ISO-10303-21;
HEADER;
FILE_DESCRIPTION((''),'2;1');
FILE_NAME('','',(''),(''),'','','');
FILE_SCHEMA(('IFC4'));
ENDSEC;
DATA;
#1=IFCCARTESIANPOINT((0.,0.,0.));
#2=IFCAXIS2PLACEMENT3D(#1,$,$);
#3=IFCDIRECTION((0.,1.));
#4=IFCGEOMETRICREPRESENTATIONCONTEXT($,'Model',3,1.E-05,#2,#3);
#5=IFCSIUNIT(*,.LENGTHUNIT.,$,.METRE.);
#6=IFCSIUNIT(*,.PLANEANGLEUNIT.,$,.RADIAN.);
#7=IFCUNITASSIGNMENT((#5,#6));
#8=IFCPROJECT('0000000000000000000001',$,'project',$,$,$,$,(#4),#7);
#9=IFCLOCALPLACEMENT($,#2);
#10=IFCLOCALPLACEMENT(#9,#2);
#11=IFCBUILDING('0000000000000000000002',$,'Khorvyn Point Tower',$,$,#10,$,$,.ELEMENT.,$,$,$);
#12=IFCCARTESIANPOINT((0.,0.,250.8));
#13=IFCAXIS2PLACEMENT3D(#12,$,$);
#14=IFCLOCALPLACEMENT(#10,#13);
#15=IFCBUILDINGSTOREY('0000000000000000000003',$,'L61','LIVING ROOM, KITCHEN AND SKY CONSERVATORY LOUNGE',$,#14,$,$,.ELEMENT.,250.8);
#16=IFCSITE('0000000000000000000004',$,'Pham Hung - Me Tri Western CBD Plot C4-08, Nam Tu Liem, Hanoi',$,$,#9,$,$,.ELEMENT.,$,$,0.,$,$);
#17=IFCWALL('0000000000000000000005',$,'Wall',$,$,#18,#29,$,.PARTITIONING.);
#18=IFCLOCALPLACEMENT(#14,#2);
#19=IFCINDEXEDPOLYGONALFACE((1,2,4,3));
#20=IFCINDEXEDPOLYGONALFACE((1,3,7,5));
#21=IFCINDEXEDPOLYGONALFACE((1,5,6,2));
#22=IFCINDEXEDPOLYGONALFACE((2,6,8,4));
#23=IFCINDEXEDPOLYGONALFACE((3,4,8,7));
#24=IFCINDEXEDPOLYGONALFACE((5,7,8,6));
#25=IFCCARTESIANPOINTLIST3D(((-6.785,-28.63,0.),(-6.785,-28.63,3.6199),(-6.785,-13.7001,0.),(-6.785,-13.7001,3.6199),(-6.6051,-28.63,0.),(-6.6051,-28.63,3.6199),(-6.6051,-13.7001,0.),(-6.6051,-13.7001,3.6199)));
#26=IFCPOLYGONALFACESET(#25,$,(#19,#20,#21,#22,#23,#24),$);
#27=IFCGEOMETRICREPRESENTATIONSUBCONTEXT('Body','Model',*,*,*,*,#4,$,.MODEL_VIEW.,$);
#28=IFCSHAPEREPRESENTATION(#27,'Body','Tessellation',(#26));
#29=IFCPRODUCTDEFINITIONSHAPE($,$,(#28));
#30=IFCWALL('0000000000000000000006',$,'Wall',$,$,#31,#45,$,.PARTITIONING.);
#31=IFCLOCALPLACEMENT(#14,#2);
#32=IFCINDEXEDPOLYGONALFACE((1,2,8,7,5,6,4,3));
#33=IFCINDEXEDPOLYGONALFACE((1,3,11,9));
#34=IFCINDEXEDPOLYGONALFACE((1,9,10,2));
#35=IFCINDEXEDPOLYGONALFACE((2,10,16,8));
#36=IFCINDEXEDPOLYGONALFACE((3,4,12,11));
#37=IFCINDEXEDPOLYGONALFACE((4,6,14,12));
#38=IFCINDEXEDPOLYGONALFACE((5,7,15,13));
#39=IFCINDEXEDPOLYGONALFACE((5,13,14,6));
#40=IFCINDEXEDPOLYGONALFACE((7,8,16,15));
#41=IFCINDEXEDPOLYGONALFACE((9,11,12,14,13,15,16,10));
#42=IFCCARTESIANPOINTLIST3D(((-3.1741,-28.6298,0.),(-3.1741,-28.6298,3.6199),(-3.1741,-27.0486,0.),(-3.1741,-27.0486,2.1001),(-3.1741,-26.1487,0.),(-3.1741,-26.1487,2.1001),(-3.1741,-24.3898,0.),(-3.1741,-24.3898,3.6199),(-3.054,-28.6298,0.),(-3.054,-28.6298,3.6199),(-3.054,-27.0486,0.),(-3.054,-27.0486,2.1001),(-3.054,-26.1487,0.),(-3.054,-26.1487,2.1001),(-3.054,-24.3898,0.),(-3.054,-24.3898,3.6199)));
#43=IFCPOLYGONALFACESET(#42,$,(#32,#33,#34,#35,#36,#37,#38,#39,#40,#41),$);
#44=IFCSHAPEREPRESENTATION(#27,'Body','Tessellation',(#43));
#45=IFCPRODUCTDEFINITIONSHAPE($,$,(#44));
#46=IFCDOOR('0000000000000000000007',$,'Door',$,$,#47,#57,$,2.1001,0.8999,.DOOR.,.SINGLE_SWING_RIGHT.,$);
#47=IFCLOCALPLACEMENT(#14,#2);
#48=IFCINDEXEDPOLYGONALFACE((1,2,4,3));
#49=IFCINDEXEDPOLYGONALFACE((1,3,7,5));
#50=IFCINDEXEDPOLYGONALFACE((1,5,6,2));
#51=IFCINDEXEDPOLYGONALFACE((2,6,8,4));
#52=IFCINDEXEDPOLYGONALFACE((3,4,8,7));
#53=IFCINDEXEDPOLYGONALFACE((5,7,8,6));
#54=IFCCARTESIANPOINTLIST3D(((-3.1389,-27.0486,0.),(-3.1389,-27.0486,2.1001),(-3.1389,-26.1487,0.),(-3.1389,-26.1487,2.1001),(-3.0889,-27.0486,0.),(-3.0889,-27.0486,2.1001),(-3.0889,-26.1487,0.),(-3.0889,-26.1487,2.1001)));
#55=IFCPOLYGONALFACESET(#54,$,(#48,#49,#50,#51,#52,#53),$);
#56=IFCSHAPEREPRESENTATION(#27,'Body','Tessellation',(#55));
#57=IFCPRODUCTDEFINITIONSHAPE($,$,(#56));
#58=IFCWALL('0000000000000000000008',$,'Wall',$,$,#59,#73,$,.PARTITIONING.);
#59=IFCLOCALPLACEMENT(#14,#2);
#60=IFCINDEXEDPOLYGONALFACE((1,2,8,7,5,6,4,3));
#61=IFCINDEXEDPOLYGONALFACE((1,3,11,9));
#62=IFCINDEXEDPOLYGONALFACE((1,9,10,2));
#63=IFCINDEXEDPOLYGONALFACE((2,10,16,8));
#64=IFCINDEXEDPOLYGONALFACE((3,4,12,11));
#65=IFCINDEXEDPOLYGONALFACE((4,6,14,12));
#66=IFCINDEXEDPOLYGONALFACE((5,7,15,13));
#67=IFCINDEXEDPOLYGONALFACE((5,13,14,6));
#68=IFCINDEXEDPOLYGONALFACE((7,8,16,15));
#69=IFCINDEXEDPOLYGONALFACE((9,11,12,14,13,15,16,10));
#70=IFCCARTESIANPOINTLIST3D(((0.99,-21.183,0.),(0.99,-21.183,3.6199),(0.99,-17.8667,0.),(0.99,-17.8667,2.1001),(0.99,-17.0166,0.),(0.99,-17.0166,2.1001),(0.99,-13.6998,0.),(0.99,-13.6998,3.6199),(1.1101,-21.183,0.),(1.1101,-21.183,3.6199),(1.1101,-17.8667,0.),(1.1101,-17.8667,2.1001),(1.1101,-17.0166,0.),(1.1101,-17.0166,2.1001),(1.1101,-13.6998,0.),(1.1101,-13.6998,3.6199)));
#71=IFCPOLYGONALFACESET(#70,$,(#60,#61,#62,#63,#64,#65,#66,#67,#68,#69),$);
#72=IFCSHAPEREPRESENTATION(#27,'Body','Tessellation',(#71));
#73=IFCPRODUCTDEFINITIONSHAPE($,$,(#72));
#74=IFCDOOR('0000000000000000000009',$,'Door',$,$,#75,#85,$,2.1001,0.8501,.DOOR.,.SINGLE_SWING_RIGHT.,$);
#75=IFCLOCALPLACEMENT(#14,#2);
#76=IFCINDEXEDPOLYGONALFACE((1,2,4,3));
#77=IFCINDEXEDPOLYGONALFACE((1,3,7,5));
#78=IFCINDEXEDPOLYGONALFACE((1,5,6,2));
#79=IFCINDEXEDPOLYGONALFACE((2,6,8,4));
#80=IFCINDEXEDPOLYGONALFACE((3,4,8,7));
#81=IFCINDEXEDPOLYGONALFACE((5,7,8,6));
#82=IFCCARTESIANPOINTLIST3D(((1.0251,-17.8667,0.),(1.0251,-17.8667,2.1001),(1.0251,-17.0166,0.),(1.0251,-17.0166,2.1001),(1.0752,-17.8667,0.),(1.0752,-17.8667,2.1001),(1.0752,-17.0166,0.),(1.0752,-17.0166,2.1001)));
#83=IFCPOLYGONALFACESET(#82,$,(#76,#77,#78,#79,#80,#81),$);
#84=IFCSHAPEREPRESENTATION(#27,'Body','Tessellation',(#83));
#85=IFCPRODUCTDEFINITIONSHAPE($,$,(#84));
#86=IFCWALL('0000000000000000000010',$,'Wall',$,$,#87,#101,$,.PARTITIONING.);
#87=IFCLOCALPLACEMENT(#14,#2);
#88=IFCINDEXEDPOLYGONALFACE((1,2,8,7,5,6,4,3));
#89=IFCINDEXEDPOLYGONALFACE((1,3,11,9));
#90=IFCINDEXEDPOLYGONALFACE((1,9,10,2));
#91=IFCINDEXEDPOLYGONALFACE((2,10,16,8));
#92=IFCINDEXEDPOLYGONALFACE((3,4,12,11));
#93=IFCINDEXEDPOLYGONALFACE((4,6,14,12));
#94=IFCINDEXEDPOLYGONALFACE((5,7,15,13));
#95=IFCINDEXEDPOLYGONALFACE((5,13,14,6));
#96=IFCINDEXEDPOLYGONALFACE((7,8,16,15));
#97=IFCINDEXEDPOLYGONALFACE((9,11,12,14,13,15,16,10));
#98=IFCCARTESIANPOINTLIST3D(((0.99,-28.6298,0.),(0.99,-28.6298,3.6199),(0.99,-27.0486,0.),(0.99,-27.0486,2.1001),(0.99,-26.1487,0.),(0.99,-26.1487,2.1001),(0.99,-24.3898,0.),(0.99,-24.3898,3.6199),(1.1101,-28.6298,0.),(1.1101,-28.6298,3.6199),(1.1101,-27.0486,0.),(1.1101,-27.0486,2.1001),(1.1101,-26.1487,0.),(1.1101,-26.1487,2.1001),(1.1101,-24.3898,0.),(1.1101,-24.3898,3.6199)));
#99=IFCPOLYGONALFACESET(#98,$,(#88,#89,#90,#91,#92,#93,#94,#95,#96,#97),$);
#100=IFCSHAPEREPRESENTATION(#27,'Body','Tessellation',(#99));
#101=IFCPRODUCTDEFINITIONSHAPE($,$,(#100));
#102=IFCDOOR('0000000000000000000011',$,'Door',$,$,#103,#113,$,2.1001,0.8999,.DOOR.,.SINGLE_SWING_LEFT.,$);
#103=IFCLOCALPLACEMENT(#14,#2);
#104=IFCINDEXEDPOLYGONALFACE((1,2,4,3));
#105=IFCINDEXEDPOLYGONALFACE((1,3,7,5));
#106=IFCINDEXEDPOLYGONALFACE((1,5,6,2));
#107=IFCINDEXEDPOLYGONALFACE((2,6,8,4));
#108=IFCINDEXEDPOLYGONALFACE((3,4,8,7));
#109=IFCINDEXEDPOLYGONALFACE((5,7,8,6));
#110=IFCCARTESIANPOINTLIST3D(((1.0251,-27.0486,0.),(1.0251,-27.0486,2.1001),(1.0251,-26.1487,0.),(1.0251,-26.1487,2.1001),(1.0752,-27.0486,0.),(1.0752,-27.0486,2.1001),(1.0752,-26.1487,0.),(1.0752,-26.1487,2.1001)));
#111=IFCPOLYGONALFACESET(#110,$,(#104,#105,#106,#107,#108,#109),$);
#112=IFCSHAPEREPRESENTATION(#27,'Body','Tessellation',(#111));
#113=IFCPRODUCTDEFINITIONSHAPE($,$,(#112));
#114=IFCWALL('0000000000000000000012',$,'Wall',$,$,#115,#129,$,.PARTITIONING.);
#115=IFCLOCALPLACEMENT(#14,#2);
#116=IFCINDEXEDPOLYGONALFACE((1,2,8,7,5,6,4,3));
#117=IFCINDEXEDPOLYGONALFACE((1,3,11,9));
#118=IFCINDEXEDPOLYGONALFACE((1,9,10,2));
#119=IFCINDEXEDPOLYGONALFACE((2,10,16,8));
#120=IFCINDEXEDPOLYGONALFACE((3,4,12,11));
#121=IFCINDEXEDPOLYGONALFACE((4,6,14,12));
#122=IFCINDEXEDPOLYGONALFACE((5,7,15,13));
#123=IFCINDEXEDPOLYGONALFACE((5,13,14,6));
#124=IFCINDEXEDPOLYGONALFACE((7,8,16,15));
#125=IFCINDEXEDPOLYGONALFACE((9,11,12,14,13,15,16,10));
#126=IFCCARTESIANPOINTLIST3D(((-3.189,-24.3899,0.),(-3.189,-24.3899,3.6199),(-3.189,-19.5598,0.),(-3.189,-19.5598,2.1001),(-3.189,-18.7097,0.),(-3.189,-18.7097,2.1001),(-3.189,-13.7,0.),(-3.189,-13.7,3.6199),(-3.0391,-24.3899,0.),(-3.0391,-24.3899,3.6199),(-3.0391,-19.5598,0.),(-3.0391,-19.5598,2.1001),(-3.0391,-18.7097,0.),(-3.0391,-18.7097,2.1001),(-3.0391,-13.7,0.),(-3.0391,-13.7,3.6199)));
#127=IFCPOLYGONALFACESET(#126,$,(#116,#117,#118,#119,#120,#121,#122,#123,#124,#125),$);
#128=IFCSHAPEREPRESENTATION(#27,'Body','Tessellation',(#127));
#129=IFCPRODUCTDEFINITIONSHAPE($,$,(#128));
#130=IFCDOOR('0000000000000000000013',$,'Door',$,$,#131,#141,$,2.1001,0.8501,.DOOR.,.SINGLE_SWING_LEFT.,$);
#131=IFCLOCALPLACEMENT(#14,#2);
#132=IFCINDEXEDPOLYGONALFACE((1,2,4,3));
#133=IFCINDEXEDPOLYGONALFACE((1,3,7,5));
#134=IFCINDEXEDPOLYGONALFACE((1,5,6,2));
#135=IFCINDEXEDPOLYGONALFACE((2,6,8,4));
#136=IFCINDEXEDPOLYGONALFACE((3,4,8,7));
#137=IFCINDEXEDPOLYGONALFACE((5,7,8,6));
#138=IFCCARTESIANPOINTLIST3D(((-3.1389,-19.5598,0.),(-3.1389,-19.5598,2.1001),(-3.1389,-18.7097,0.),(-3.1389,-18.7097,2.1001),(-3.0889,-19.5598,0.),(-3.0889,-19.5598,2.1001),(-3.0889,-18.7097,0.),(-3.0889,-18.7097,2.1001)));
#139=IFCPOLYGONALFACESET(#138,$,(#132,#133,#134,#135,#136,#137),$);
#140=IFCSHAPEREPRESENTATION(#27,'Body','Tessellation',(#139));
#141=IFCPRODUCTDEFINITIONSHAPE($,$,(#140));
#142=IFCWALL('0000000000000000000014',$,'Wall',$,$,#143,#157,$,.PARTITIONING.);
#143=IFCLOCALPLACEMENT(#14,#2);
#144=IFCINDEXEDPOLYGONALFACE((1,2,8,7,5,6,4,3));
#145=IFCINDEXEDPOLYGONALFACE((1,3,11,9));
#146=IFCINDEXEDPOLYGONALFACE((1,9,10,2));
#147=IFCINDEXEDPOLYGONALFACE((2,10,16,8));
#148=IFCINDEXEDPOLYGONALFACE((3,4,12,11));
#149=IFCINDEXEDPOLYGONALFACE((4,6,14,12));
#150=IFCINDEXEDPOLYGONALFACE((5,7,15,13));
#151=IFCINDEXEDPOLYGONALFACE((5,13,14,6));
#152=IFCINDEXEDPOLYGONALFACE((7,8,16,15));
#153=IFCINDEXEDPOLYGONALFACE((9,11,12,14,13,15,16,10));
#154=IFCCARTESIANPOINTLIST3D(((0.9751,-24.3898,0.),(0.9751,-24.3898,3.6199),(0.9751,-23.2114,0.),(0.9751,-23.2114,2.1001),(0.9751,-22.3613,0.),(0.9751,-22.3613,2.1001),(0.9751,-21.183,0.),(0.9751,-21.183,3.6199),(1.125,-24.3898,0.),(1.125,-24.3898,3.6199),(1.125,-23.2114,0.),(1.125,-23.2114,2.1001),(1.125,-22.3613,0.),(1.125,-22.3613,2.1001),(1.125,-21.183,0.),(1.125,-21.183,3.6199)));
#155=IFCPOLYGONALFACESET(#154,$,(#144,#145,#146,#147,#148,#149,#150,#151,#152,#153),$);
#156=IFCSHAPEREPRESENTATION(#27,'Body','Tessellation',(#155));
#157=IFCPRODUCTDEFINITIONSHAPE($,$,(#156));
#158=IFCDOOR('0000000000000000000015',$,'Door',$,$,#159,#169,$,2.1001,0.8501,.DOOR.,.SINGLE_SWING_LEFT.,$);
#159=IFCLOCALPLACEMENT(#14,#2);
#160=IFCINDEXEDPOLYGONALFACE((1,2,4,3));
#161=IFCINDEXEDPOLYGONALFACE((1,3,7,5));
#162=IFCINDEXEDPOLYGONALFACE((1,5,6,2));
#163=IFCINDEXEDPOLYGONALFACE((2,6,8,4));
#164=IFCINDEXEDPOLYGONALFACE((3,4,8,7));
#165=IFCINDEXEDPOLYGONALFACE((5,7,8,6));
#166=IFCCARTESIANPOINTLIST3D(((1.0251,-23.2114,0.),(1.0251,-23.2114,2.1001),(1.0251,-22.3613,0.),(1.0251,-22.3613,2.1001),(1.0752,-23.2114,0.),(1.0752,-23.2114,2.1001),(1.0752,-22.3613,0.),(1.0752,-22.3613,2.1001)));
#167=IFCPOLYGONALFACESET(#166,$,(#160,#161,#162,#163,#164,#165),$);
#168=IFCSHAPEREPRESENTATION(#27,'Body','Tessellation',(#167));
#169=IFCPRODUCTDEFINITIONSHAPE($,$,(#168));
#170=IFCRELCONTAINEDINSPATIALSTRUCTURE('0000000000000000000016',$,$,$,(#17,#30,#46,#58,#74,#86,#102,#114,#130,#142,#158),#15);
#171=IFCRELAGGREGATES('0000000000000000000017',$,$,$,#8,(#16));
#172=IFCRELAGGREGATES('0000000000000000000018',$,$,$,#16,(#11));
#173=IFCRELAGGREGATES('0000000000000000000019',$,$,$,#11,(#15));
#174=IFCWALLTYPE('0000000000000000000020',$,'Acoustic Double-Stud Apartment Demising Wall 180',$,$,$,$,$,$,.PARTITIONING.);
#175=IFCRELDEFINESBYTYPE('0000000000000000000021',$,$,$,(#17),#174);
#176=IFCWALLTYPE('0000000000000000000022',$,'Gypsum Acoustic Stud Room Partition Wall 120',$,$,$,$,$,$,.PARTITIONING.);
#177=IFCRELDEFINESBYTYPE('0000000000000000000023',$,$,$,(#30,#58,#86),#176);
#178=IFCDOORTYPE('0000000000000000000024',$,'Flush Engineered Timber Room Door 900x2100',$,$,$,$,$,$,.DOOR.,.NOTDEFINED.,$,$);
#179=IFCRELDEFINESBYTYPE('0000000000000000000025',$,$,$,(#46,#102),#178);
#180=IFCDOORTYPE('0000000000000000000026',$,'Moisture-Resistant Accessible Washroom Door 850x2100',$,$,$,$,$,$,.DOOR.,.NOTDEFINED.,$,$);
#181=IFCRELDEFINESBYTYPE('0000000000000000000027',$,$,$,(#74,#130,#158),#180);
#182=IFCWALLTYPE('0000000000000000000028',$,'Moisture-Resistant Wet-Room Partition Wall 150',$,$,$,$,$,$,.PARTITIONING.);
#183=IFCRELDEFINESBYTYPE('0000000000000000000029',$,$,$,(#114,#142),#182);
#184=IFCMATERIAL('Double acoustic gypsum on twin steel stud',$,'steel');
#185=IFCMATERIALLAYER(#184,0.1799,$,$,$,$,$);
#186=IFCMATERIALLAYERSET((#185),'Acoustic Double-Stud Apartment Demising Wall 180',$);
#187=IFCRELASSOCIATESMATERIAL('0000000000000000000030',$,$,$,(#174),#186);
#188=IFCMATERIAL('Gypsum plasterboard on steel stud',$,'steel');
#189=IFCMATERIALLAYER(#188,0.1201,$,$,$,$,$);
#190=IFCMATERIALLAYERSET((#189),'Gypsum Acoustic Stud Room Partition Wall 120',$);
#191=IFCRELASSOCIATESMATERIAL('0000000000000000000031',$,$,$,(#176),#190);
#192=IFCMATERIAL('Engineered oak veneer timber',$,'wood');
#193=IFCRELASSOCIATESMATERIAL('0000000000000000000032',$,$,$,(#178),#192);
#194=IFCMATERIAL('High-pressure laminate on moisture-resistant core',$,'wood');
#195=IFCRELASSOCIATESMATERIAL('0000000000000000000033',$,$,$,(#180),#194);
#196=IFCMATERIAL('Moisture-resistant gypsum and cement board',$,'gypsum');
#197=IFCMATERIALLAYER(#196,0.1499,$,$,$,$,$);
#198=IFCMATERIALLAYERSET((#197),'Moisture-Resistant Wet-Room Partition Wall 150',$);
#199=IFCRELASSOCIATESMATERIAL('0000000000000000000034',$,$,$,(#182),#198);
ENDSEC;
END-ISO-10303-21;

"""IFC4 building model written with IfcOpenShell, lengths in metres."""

from ifc_helpers import new_model, si_unit, direction, frame, frame_2d, origin, place, context, subcontext, project, spatial, rectangle, extrude, material, layer, layer_set, type_object, element, fill, save


model = new_model("IFC4")

# Units and contexts
model_context = context("Model", 3, precision=1e-05, world=origin(), true_north=direction((0.0, 1.0)))
body_context = subcontext(model_context, "Body", "Model", "MODEL_VIEW")
ifc_project = project(units=[si_unit("LENGTHUNIT", "METRE"), si_unit("PLANEANGLEUNIT", "RADIAN")], contexts=[model_context])

# Site, building, storey
site_placement = place(None, origin())
site = spatial("IfcSite", under=ifc_project, at=site_placement, Name="Pham Hung - Me Tri Western CBD Plot C4-08, Nam Tu Liem, Hanoi", CompositionType="ELEMENT", RefElevation=0.0)
building_placement = place(site_placement, origin())
building = spatial("IfcBuilding", under=site, at=building_placement, Name="Khorvyn Point Tower", CompositionType="ELEMENT")
storey_placement = place(building_placement, frame((0.0, 0.0, 250.8)))
storey = spatial("IfcBuildingStorey", under=building, at=storey_placement, Name="L61", Description="LIVING ROOM, KITCHEN AND SKY CONSERVATORY LOUNGE", CompositionType="ELEMENT", Elevation=250.8)

# Wall
ifc_material_1 = material(Name="Double acoustic gypsum on twin steel stud", Category="steel")
ifc_layer_1 = layer(ifc_material_1, 0.1799)
ifc_layer_set_1 = layer_set([ifc_layer_1], Name="Acoustic Double-Stud Apartment Demising Wall 180")
wall_type_1 = type_object("IfcWallType", Name="Acoustic Double-Stud Apartment Demising Wall 180", PredefinedType="PARTITIONING", material=ifc_layer_set_1)
wall_1_placement = place(storey_placement, frame((-6.6951, -28.6299, 0.0), z_axis=(0.0, 0.0, 1.0), x_axis=(0.0, 1.0, 0.0)))
element("IfcWall", 1, at=wall_1_placement, inside=storey, type_object=wall_type_1, Name="Wall", PredefinedType="PARTITIONING", context=body_context, shape_type="SweptSolid", body=[
    extrude(rectangle(XDim=14.9299, YDim=0.1799, at=frame_2d((7.4648, 0.0))), origin(), (0.0, 0.0, 1.0), 3.6199),
])

# Walls, openings, doors
ifc_material_2 = material(Name="Gypsum plasterboard on steel stud", Category="steel")
ifc_layer_2 = layer(ifc_material_2, 0.1201)
ifc_layer_set_2 = layer_set([ifc_layer_2], Name="Gypsum Acoustic Stud Room Partition Wall 120")
wall_type_2 = type_object("IfcWallType", Name="Gypsum Acoustic Stud Room Partition Wall 120", PredefinedType="PARTITIONING", material=ifc_layer_set_2)
wall_2_placement = place(storey_placement, frame((-3.114, -28.6299, 0.0), z_axis=(0.0, 0.0, 1.0), x_axis=(0.0, 1.0, 0.0)))
wall_2 = element("IfcWall", 2, at=wall_2_placement, inside=storey, type_object=wall_type_2, Name="Wall", PredefinedType="PARTITIONING", context=body_context, shape_type="SweptSolid", body=[
    extrude(rectangle(XDim=4.24, YDim=0.1201, at=frame_2d((2.1201, 0.0))), origin(), (0.0, 0.0, 1.0), 3.6199),
])
opening_1_placement = place(wall_2_placement, frame((1.5813, 0.0, 0.0)))
opening_1 = element("IfcOpeningElement", 3, at=opening_1_placement, cuts=wall_2, PredefinedType="OPENING", context=body_context, shape_type="SweptSolid", body=[
    extrude(rectangle(XDim=0.8999, YDim=2.1001, at=frame_2d((0.45, 1.05))), frame((0.0, 0.0701, 0.0), z_axis=(0.0, -1.0, 0.0), x_axis=(1.0, 0.0, 0.0)), (0.0, 0.0, 1.0), 0.1401),
])
ifc_material_3 = material(Name="Engineered oak veneer timber", Category="wood")
door_type_1 = type_object("IfcDoorType", Name="Flush Engineered Timber Room Door 900x2100", OperationType="NOTDEFINED", PredefinedType="DOOR", material=ifc_material_3)
door_1_placement = place(opening_1_placement, origin())
door_1 = element("IfcDoor", 4, at=door_1_placement, inside=storey, type_object=door_type_1, Name="Door", OperationType="SINGLE_SWING_RIGHT", OverallHeight=2.1001, OverallWidth=0.8999, PredefinedType="DOOR", context=body_context, shape_type="SweptSolid", body=[
    extrude(rectangle(XDim=0.8999, YDim=2.1001, at=frame_2d((0.45, 1.05))), frame((0.0, 0.0249, 0.0), z_axis=(0.0, -1.0, 0.0), x_axis=(1.0, 0.0, 0.0)), (0.0, 0.0, 1.0), 0.05),
])
fill(opening_1, door_1)
wall_3_placement = place(storey_placement, frame((1.05, -21.1831, 0.0), z_axis=(0.0, 0.0, 1.0), x_axis=(0.0, 1.0, 0.0)))
wall_3 = element("IfcWall", 5, at=wall_3_placement, inside=storey, type_object=wall_type_2, Name="Wall", PredefinedType="PARTITIONING", context=body_context, shape_type="SweptSolid", body=[
    extrude(rectangle(XDim=7.4832, YDim=0.1201, at=frame_2d((3.7417, 0.0))), origin(), (0.0, 0.0, 1.0), 3.6199),
])
opening_2_placement = place(wall_3_placement, frame((3.3164, 0.0, 0.0)))
opening_2 = element("IfcOpeningElement", 6, at=opening_2_placement, cuts=wall_3, PredefinedType="OPENING", context=body_context, shape_type="SweptSolid", body=[
    extrude(rectangle(XDim=0.8501, YDim=2.1001, at=frame_2d((0.425, 1.05))), frame((0.0, 0.0701, 0.0), z_axis=(0.0, -1.0, 0.0), x_axis=(1.0, 0.0, 0.0)), (0.0, 0.0, 1.0), 0.1401),
])
ifc_material_4 = material(Name="High-pressure laminate on moisture-resistant core", Category="wood")
door_type_2 = type_object("IfcDoorType", Name="Moisture-Resistant Accessible Washroom Door 850x2100", OperationType="NOTDEFINED", PredefinedType="DOOR", material=ifc_material_4)
door_2_placement = place(opening_2_placement, origin())
door_2 = element("IfcDoor", 7, at=door_2_placement, inside=storey, type_object=door_type_2, Name="Door", OperationType="SINGLE_SWING_RIGHT", OverallHeight=2.1001, OverallWidth=0.8501, PredefinedType="DOOR", context=body_context, shape_type="SweptSolid", body=[
    extrude(rectangle(XDim=0.8501, YDim=2.1001, at=frame_2d((0.425, 1.05))), frame((0.0, 0.0249, 0.0), z_axis=(0.0, -1.0, 0.0), x_axis=(1.0, 0.0, 0.0)), (0.0, 0.0, 1.0), 0.05),
])
fill(opening_2, door_2)
wall_4_placement = place(storey_placement, frame((1.05, -28.6299, 0.0), z_axis=(0.0, 0.0, 1.0), x_axis=(0.0, 1.0, 0.0)))
wall_4 = element("IfcWall", 8, at=wall_4_placement, inside=storey, type_object=wall_type_2, Name="Wall", PredefinedType="PARTITIONING", context=body_context, shape_type="SweptSolid", body=[
    extrude(rectangle(XDim=4.24, YDim=0.1201, at=frame_2d((2.1201, 0.0))), origin(), (0.0, 0.0, 1.0), 3.6199),
])
opening_3_placement = place(wall_4_placement, frame((1.5813, 0.0, 0.0)))
opening_3 = element("IfcOpeningElement", 9, at=opening_3_placement, cuts=wall_4, PredefinedType="OPENING", context=body_context, shape_type="SweptSolid", body=[
    extrude(rectangle(XDim=0.8999, YDim=2.1001, at=frame_2d((0.45, 1.05))), frame((0.0, 0.0701, 0.0), z_axis=(0.0, -1.0, 0.0), x_axis=(1.0, 0.0, 0.0)), (0.0, 0.0, 1.0), 0.1401),
])
door_3_placement = place(opening_3_placement, origin())
door_3 = element("IfcDoor", 10, at=door_3_placement, inside=storey, type_object=door_type_1, Name="Door", OperationType="SINGLE_SWING_LEFT", OverallHeight=2.1001, OverallWidth=0.8999, PredefinedType="DOOR", context=body_context, shape_type="SweptSolid", body=[
    extrude(rectangle(XDim=0.8999, YDim=2.1001, at=frame_2d((0.45, 1.05))), frame((0.0, 0.0249, 0.0), z_axis=(0.0, -1.0, 0.0), x_axis=(1.0, 0.0, 0.0)), (0.0, 0.0, 1.0), 0.05),
])
fill(opening_3, door_3)
ifc_material_5 = material(Name="Moisture-resistant gypsum and cement board", Category="gypsum")
ifc_layer_3 = layer(ifc_material_5, 0.1499)
ifc_layer_set_3 = layer_set([ifc_layer_3], Name="Moisture-Resistant Wet-Room Partition Wall 150")
wall_type_3 = type_object("IfcWallType", Name="Moisture-Resistant Wet-Room Partition Wall 150", PredefinedType="PARTITIONING", material=ifc_layer_set_3)
wall_5_placement = place(storey_placement, frame((-3.114, -24.3899, 0.0), z_axis=(0.0, 0.0, 1.0), x_axis=(0.0, 1.0, 0.0)))
wall_5 = element("IfcWall", 11, at=wall_5_placement, inside=storey, type_object=wall_type_3, Name="Wall", PredefinedType="PARTITIONING", context=body_context, shape_type="SweptSolid", body=[
    extrude(rectangle(XDim=10.6899, YDim=0.1499, at=frame_2d((5.345, 0.0))), origin(), (0.0, 0.0, 1.0), 3.6199),
])
opening_4_placement = place(wall_5_placement, frame((4.8301, 0.0, 0.0)))
opening_4 = element("IfcOpeningElement", 12, at=opening_4_placement, cuts=wall_5, PredefinedType="OPENING", context=body_context, shape_type="SweptSolid", body=[
    extrude(rectangle(XDim=0.8501, YDim=2.1001, at=frame_2d((0.425, 1.05))), frame((0.0, 0.085, 0.0), z_axis=(0.0, -1.0, 0.0), x_axis=(1.0, 0.0, 0.0)), (0.0, 0.0, 1.0), 0.1699),
])
door_4_placement = place(opening_4_placement, origin())
door_4 = element("IfcDoor", 13, at=door_4_placement, inside=storey, type_object=door_type_2, Name="Door", OperationType="SINGLE_SWING_LEFT", OverallHeight=2.1001, OverallWidth=0.8501, PredefinedType="DOOR", context=body_context, shape_type="SweptSolid", body=[
    extrude(rectangle(XDim=0.8501, YDim=2.1001, at=frame_2d((0.425, 1.05))), frame((0.0, 0.0249, 0.0), z_axis=(0.0, -1.0, 0.0), x_axis=(1.0, 0.0, 0.0)), (0.0, 0.0, 1.0), 0.05),
])
fill(opening_4, door_4)
wall_6_placement = place(storey_placement, frame((1.05, -24.3899, 0.0), z_axis=(0.0, 0.0, 1.0), x_axis=(0.0, 1.0, 0.0)))
wall_6 = element("IfcWall", 14, at=wall_6_placement, inside=storey, type_object=wall_type_3, Name="Wall", PredefinedType="PARTITIONING", context=body_context, shape_type="SweptSolid", body=[
    extrude(rectangle(XDim=3.2068, YDim=0.1499, at=frame_2d((1.6035, 0.0))), origin(), (0.0, 0.0, 1.0), 3.6199),
])
opening_5_placement = place(wall_6_placement, frame((1.1785, 0.0, 0.0)))
opening_5 = element("IfcOpeningElement", 15, at=opening_5_placement, cuts=wall_6, PredefinedType="OPENING", context=body_context, shape_type="SweptSolid", body=[
    extrude(rectangle(XDim=0.8501, YDim=2.1001, at=frame_2d((0.425, 1.05))), frame((0.0, 0.085, 0.0), z_axis=(0.0, -1.0, 0.0), x_axis=(1.0, 0.0, 0.0)), (0.0, 0.0, 1.0), 0.1699),
])
door_5_placement = place(opening_5_placement, origin())
door_5 = element("IfcDoor", 16, at=door_5_placement, inside=storey, type_object=door_type_2, Name="Door", OperationType="SINGLE_SWING_LEFT", OverallHeight=2.1001, OverallWidth=0.8501, PredefinedType="DOOR", context=body_context, shape_type="SweptSolid", body=[
    extrude(rectangle(XDim=0.8501, YDim=2.1001, at=frame_2d((0.425, 1.05))), frame((0.0, 0.0249, 0.0), z_axis=(0.0, -1.0, 0.0), x_axis=(1.0, 0.0, 0.0)), (0.0, 0.0, 1.0), 0.05),
])
fill(opening_5, door_5)

save(model, "model.ifc")
